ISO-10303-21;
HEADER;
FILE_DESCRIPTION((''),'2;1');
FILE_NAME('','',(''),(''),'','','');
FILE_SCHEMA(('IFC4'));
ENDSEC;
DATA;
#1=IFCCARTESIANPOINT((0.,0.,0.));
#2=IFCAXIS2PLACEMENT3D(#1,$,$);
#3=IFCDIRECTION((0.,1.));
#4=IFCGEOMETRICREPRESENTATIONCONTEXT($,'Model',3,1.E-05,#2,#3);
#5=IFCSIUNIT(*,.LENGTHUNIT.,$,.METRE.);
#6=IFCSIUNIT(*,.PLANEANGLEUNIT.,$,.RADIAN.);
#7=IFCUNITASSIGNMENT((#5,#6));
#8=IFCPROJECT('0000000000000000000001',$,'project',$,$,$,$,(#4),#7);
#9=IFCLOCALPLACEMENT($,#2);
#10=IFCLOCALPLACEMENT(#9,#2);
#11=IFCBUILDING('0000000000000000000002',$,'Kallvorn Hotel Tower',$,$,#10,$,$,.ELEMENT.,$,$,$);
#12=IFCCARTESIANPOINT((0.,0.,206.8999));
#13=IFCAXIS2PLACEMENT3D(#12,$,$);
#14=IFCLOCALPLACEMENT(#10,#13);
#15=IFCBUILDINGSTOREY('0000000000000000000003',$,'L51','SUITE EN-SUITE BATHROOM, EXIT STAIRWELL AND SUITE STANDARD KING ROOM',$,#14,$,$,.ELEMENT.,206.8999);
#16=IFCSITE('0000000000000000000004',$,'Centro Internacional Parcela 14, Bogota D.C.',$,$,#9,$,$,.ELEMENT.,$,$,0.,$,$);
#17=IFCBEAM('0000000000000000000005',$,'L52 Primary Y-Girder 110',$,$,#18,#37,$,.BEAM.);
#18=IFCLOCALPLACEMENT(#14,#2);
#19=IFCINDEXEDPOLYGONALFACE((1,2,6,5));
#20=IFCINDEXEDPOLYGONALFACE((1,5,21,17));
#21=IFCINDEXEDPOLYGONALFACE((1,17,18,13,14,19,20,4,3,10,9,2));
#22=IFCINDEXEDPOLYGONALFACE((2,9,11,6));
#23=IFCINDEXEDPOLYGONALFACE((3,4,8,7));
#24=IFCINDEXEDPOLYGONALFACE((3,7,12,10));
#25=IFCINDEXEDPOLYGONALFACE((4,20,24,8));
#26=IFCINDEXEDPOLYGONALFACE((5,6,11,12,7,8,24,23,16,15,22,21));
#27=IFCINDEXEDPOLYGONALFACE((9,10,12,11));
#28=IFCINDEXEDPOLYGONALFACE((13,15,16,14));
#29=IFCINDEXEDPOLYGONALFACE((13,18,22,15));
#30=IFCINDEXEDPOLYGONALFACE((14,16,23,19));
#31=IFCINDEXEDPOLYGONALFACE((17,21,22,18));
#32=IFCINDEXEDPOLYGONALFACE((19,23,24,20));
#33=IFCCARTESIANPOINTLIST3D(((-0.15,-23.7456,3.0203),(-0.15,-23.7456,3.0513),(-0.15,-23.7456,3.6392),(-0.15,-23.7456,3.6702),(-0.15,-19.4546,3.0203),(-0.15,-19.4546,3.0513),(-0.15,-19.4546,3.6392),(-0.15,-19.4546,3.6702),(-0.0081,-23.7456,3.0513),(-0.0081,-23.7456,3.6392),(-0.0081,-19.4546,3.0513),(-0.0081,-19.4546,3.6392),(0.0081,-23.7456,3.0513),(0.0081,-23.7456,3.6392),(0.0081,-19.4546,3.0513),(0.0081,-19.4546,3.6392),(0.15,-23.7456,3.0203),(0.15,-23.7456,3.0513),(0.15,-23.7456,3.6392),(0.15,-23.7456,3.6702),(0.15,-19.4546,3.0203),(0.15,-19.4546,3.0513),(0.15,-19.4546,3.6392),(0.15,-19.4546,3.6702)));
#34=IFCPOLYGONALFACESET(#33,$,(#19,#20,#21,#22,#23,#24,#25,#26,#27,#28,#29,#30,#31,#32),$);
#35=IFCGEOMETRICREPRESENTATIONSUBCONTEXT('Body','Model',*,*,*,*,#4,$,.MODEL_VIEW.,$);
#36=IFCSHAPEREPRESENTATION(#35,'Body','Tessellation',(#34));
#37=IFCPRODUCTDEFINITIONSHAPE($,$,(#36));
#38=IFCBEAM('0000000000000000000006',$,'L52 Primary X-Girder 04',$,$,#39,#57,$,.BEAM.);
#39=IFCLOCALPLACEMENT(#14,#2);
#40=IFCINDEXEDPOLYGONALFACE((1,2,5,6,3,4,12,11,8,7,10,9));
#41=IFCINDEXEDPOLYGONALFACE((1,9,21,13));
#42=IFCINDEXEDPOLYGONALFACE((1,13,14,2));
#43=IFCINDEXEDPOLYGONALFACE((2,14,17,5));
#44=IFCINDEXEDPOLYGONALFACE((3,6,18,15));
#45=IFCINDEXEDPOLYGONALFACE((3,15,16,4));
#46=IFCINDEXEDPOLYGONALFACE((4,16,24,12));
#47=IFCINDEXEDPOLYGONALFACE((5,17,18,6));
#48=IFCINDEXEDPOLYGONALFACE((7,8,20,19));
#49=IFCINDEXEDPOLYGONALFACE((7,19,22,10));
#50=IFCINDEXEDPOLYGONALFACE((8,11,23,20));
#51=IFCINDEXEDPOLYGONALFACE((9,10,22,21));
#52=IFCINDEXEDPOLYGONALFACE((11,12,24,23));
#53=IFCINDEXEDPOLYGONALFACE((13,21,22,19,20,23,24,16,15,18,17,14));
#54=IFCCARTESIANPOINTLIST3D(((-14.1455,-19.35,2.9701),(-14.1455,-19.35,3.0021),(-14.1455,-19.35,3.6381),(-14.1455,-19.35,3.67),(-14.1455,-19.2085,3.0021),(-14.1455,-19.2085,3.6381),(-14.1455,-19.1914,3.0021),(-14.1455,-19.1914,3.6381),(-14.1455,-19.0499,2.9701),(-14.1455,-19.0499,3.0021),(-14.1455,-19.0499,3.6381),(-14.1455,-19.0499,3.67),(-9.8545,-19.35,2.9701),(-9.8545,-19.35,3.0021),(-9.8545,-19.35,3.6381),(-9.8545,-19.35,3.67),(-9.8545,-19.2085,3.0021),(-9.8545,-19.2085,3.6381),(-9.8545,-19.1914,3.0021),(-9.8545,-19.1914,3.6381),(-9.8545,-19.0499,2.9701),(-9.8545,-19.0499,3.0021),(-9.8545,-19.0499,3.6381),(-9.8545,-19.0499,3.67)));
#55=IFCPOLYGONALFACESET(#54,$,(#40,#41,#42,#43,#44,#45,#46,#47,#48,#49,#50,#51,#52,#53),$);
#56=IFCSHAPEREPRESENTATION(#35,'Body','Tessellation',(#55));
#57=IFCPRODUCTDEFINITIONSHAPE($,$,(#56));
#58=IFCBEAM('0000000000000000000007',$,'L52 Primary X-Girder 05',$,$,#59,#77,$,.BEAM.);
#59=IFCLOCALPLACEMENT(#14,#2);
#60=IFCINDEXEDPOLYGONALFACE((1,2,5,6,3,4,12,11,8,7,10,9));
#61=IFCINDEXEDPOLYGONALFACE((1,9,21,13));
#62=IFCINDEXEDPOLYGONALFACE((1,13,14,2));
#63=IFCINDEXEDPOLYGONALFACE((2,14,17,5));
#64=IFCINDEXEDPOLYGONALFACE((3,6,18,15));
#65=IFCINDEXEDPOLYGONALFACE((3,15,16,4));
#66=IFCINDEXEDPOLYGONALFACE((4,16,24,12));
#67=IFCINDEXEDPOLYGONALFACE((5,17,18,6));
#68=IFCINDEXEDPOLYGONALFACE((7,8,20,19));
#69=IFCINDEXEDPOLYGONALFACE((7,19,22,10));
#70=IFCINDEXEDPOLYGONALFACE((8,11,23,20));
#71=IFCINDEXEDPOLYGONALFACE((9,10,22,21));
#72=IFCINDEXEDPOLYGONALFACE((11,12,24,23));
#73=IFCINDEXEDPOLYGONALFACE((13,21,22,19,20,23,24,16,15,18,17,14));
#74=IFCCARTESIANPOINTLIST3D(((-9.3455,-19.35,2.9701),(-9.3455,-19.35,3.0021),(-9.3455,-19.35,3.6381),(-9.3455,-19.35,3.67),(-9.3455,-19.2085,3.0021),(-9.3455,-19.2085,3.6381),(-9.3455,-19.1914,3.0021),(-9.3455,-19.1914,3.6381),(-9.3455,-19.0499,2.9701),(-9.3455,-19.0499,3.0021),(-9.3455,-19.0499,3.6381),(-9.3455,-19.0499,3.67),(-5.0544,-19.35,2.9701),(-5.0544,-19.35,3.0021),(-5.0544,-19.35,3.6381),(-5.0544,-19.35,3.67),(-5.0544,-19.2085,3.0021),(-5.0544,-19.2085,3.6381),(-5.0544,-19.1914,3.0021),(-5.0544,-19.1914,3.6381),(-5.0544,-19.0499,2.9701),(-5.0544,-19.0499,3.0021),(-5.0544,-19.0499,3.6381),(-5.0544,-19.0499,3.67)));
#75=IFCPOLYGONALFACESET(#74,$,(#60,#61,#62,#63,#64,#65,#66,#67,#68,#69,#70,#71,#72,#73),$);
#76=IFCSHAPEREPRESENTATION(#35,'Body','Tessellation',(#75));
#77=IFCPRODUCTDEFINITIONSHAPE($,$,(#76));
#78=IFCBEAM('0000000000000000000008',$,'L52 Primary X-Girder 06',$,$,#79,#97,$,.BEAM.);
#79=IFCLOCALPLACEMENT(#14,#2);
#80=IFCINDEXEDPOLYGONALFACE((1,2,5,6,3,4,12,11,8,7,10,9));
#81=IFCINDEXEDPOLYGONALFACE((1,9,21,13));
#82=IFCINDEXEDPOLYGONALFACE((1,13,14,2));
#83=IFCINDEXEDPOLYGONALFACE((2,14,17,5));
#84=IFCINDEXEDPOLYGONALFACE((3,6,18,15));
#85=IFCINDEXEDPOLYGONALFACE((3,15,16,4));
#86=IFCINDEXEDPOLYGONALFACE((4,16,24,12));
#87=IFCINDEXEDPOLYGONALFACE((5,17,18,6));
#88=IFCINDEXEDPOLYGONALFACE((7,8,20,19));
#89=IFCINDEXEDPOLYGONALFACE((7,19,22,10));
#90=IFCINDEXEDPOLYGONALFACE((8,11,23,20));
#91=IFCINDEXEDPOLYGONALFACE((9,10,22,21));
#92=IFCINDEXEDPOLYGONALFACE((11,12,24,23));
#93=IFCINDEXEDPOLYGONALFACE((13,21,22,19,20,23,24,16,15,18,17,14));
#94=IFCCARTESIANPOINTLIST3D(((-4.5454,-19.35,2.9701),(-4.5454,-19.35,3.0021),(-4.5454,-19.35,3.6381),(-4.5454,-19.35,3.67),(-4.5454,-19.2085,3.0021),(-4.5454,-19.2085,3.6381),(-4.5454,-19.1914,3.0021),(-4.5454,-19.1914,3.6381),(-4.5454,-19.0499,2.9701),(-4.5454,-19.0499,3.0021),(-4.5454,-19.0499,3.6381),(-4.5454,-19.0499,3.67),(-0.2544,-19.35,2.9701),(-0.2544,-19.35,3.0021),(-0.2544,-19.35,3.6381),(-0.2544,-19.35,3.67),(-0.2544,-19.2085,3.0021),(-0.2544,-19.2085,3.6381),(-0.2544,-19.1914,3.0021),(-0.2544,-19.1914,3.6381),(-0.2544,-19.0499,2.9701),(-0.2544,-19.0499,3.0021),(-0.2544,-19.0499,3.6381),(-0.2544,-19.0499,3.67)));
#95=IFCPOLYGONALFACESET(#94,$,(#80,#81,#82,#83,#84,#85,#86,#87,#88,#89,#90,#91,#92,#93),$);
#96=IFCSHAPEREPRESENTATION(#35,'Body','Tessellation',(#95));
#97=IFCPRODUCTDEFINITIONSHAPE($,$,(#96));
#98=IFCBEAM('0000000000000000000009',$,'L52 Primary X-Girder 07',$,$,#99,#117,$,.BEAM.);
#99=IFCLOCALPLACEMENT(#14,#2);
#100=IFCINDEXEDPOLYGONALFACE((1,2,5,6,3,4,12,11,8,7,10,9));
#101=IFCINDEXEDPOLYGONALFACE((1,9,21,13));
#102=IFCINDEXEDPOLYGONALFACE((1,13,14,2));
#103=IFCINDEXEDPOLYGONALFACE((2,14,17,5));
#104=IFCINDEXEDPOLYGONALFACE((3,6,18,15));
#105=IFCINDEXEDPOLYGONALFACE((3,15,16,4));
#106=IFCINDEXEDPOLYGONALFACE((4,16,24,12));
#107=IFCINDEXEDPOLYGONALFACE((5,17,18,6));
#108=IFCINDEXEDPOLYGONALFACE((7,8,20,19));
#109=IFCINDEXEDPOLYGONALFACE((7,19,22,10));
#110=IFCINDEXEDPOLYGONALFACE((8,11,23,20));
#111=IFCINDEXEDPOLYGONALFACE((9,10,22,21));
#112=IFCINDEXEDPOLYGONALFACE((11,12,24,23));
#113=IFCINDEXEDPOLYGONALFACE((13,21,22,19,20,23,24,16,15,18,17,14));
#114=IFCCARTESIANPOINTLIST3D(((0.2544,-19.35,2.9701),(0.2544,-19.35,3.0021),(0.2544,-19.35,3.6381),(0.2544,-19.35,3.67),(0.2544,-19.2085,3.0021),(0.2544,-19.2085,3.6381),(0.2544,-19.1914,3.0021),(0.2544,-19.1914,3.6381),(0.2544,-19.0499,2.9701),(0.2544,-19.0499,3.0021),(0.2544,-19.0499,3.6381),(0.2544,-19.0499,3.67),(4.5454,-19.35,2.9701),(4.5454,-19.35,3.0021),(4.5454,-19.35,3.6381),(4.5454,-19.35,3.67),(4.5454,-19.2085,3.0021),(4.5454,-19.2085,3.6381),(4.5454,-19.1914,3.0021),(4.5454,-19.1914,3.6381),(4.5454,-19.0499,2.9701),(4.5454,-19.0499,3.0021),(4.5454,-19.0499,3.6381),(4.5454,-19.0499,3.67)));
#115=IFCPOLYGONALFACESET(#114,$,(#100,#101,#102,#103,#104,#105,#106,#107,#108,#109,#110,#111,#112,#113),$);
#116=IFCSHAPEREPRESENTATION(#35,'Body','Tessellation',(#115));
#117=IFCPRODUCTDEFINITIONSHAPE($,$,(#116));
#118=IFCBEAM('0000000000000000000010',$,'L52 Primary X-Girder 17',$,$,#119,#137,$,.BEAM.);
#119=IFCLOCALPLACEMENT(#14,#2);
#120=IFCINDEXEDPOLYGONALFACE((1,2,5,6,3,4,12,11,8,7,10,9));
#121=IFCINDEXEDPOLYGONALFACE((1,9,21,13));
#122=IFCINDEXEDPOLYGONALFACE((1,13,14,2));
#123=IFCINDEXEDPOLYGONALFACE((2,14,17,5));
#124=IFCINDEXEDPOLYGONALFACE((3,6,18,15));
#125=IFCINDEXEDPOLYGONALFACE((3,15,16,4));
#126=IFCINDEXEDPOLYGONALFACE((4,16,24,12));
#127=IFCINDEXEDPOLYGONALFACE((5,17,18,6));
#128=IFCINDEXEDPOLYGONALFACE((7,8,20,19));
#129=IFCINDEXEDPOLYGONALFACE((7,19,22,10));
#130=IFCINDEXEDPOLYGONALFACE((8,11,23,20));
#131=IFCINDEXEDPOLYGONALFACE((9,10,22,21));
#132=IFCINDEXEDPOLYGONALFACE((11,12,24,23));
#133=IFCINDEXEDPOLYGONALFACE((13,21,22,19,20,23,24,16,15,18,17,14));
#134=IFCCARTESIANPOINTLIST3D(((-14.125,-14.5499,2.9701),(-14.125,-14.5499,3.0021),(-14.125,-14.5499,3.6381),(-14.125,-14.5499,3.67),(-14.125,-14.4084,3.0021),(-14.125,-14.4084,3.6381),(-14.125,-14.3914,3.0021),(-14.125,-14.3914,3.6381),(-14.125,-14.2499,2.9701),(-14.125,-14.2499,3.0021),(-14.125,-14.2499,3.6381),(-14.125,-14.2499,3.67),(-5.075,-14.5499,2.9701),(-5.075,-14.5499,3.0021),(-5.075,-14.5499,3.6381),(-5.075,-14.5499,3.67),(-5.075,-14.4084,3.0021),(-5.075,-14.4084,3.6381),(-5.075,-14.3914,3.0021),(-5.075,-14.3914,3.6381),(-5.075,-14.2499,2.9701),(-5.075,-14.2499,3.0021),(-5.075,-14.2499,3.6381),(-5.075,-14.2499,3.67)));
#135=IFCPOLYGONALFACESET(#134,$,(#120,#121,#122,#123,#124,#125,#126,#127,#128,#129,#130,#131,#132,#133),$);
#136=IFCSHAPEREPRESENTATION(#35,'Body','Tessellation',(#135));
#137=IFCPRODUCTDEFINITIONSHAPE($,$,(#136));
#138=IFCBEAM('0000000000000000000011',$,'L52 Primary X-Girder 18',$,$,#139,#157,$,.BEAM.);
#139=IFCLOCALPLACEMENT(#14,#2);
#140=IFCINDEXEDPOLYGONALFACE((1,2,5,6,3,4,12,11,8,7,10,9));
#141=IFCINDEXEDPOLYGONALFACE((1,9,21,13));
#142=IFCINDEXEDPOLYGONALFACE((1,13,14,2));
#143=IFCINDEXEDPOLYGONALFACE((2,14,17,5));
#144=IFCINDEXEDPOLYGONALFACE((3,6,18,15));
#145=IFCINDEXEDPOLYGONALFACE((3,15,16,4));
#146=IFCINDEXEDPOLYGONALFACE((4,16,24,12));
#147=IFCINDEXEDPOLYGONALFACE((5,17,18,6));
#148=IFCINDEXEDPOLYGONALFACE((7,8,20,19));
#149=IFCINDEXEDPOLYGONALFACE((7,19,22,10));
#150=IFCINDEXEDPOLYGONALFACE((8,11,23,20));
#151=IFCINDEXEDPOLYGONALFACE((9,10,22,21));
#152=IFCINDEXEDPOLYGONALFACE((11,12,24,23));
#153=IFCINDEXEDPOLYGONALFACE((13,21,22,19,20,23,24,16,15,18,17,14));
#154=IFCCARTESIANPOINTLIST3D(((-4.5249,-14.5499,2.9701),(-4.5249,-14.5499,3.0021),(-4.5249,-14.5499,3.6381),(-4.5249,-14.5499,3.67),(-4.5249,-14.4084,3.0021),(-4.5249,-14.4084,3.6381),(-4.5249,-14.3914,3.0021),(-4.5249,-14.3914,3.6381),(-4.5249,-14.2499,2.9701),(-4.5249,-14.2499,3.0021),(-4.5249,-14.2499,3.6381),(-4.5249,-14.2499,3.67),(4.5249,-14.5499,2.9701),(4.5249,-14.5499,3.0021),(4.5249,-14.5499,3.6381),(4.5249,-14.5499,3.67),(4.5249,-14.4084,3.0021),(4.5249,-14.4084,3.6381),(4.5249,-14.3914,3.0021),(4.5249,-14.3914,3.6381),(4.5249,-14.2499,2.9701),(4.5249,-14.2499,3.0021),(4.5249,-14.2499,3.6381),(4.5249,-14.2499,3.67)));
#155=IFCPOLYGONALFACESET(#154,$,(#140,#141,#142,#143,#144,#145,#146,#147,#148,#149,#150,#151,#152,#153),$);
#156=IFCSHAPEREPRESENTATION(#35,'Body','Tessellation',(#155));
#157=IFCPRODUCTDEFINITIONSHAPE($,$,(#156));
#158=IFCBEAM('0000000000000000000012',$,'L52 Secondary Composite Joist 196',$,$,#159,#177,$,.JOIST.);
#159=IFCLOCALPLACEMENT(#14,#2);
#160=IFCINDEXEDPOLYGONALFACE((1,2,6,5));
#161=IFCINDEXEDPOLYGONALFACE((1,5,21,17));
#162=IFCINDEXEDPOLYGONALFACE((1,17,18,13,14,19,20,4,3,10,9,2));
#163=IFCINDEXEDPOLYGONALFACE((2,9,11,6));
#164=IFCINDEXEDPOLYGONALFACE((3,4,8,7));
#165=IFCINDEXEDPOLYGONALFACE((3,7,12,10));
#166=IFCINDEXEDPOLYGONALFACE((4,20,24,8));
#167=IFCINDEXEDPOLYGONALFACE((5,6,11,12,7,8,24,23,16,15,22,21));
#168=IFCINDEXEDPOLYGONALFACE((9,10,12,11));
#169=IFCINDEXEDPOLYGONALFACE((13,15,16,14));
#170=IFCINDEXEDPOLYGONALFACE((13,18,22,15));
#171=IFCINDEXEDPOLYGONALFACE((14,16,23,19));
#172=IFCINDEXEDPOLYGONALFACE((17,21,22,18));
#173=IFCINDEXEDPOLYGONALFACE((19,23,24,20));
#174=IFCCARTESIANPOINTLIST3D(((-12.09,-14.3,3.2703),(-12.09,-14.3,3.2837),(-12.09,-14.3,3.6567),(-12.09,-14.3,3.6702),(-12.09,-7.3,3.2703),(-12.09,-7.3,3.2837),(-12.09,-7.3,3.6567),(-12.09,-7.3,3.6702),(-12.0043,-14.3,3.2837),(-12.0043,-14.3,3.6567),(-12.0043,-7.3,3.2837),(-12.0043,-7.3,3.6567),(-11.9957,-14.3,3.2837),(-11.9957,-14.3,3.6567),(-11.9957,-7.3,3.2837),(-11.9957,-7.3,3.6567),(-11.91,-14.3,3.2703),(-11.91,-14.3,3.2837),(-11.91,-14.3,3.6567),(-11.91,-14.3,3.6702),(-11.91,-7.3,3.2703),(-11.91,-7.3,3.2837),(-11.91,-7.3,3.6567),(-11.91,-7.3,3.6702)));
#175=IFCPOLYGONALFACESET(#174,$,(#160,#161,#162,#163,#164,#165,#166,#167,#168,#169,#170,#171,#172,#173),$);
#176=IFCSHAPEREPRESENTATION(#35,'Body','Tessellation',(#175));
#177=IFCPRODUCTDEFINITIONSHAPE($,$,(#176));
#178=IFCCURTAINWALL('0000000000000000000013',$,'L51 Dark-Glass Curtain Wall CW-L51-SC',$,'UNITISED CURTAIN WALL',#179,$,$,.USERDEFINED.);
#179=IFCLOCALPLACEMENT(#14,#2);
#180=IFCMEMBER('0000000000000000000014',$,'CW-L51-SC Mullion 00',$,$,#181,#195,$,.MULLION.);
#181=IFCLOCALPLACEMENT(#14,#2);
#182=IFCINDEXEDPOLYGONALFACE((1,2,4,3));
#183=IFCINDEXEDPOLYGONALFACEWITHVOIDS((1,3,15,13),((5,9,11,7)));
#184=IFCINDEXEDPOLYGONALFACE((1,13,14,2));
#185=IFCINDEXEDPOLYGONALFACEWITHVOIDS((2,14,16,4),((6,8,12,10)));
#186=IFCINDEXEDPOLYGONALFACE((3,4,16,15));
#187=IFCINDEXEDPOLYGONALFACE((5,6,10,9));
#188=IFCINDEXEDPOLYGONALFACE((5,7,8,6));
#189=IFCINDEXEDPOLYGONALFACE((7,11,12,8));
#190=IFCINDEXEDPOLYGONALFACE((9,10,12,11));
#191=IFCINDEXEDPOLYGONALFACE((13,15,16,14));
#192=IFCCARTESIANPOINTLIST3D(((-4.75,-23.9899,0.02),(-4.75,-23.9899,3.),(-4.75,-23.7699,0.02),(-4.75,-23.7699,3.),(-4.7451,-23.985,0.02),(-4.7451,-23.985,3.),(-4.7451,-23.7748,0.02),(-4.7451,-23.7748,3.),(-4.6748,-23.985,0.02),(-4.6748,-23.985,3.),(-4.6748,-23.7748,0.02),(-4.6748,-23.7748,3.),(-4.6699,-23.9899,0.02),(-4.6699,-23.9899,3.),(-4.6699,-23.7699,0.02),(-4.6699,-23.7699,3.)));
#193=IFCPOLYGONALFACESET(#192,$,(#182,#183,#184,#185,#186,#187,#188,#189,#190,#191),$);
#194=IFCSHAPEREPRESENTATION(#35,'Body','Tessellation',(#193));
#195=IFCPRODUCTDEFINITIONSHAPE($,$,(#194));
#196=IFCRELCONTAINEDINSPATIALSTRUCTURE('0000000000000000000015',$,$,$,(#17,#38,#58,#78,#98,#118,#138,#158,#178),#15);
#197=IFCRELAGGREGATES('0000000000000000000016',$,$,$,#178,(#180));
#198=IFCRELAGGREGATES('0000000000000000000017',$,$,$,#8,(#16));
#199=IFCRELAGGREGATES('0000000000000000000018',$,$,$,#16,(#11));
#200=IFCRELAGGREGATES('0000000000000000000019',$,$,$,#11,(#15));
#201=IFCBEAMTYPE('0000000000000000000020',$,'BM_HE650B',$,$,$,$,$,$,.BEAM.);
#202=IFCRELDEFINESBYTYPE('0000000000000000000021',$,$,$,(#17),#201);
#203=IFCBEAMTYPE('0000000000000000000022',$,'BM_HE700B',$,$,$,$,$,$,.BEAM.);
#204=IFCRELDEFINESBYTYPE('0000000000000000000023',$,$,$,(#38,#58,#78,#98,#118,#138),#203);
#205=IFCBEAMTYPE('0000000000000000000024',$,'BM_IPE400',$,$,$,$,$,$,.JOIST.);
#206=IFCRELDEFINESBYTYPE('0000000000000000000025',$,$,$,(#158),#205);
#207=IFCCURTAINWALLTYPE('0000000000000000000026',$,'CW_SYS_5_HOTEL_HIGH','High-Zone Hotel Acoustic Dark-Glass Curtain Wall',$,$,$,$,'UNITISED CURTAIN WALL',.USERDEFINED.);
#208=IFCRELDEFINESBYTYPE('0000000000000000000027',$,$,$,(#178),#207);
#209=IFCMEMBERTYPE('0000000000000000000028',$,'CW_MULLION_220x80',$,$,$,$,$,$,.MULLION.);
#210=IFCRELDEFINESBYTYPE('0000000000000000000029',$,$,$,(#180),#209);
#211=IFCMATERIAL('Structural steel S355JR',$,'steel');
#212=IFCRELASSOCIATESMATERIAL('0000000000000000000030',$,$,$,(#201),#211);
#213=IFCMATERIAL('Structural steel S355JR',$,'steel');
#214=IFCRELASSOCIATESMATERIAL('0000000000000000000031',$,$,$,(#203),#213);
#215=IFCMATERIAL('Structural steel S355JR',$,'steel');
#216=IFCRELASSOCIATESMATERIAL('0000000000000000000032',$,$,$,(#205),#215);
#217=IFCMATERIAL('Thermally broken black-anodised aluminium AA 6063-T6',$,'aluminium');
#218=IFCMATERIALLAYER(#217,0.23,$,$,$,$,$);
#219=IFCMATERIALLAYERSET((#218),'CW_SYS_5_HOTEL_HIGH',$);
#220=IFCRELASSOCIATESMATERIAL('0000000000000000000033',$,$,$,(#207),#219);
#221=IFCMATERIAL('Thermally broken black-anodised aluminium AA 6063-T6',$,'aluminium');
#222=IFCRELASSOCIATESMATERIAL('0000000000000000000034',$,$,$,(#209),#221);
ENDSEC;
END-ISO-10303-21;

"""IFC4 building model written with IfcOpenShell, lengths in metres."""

from ifc_helpers import new_model, si_unit, direction, frame, origin, origin_2d, place, context, subcontext, project, spatial, hollow_rectangle, i_section, extrude, material, layer, layer_set, material_profile, profile_set, type_object, element, aggregate, save


model = new_model("IFC4")

# Units and contexts
model_context = context("Model", 3, precision=1e-05, world=origin(), true_north=direction((0.0, 1.0)))
body_context = subcontext(model_context, "Body", "Model", "MODEL_VIEW")
ifc_project = project(units=[si_unit("LENGTHUNIT", "METRE"), si_unit("PLANEANGLEUNIT", "RADIAN")], contexts=[model_context])

# Site, building, storey
site_placement = place(None, origin())
site = spatial("IfcSite", under=ifc_project, at=site_placement, Name="Centro Internacional Parcela 14, Bogota D.C.", CompositionType="ELEMENT", RefElevation=0.0)
building_placement = place(site_placement, origin())
building = spatial("IfcBuilding", under=site, at=building_placement, Name="Kallvorn Hotel Tower", CompositionType="ELEMENT")
storey_placement = place(building_placement, frame((0.0, 0.0, 206.8999)))
storey = spatial("IfcBuildingStorey", under=building, at=storey_placement, Name="L51", Description="SUITE EN-SUITE BATHROOM, EXIT STAIRWELL AND SUITE STANDARD KING ROOM", CompositionType="ELEMENT", Elevation=206.8999)

# Beams
ifc_material_1 = material(Name="Structural steel S355JR", Category="steel")
ifc_material_profile_1 = material_profile(ifc_material_1, i_section(OverallWidth=0.3, OverallDepth=0.6499, WebThickness=0.0161, FlangeThickness=0.031, at=origin_2d()), Name="HE 650 B")
ifc_profile_set_1 = profile_set([ifc_material_profile_1], Name="Structural steel S355JR")
beam_type_1 = type_object("IfcBeamType", Name="BM_HE650B", PredefinedType="BEAM", material=ifc_profile_set_1)
beam_1_placement = place(storey_placement, frame((0.0, -23.7456, 3.3452), z_axis=(0.0, 1.0, 0.0), x_axis=(-1.0, 0.0, 0.0)))
element("IfcBeam", 1, at=beam_1_placement, inside=storey, type_object=beam_type_1, Name="L52 Primary Y-Girder 110", PredefinedType="BEAM", context=body_context, shape_type="SweptSolid", body=[
    extrude(i_section(OverallWidth=0.3, OverallDepth=0.6499, WebThickness=0.0161, FlangeThickness=0.031, at=origin_2d()), origin(), (0.0, 0.0, 1.0), 4.291),
])
ifc_material_2 = material(Name="Structural steel S355JR", Category="steel")
ifc_material_profile_2 = material_profile(ifc_material_2, i_section(OverallWidth=0.3, OverallDepth=0.7, WebThickness=0.0171, FlangeThickness=0.032, at=origin_2d()), Name="HE 700 B")
ifc_profile_set_2 = profile_set([ifc_material_profile_2], Name="Structural steel S355JR")
beam_type_2 = type_object("IfcBeamType", Name="BM_HE700B", PredefinedType="BEAM", material=ifc_profile_set_2)
for number, where, z_axis, x_axis, name in (
    (2, (-14.1455, -19.2, 3.3201), (1.0, 0.0, 0.0), (0.0, 1.0, 0.0), "L52 Primary X-Girder 04"),
    (3, (-9.3455, -19.2, 3.3201), (1.0, 0.0, 0.0), (0.0, 1.0, 0.0), "L52 Primary X-Girder 05"),
    (4, (-4.5454, -19.2, 3.3201), (1.0, 0.0, 0.0), (0.0, 1.0, 0.0), "L52 Primary X-Girder 06"),
    (5, (0.2544, -19.2, 3.3201), (1.0, 0.0, 0.0), (0.0, 1.0, 0.0), "L52 Primary X-Girder 07"),
):
    element("IfcBeam", number, at=place(storey_placement, frame(where, z_axis=z_axis, x_axis=x_axis)), inside=storey, type_object=beam_type_2, Name=name, PredefinedType="BEAM", context=body_context, shape_type="SweptSolid", body=[
        extrude(i_section(OverallWidth=0.3, OverallDepth=0.7, WebThickness=0.0171, FlangeThickness=0.032, at=origin_2d()), origin(), (0.0, 0.0, 1.0), 4.291),
    ])
beam_2_placement = place(storey_placement, frame((-14.125, -14.3999, 3.3201), z_axis=(1.0, 0.0, 0.0), x_axis=(0.0, 1.0, 0.0)))
element("IfcBeam", 6, at=beam_2_placement, inside=storey, type_object=beam_type_2, Name="L52 Primary X-Girder 17", PredefinedType="BEAM", context=body_context, shape_type="SweptSolid", body=[
    extrude(i_section(OverallWidth=0.3, OverallDepth=0.7, WebThickness=0.0171, FlangeThickness=0.032, at=origin_2d()), origin(), (0.0, 0.0, 1.0), 9.05),
])
beam_3_placement = place(storey_placement, frame((-4.5249, -14.3999, 3.3201), z_axis=(1.0, 0.0, 0.0), x_axis=(0.0, 1.0, 0.0)))
element("IfcBeam", 7, at=beam_3_placement, inside=storey, type_object=beam_type_2, Name="L52 Primary X-Girder 18", PredefinedType="BEAM", context=body_context, shape_type="SweptSolid", body=[
    extrude(i_section(OverallWidth=0.3, OverallDepth=0.7, WebThickness=0.0171, FlangeThickness=0.032, at=origin_2d()), origin(), (0.0, 0.0, 1.0), 9.0498),
])
ifc_material_3 = material(Name="Structural steel S355JR", Category="steel")
ifc_material_profile_3 = material_profile(ifc_material_3, i_section(OverallWidth=0.1799, OverallDepth=0.3999, WebThickness=0.0085, FlangeThickness=0.0134, at=origin_2d()), Name="IPE 400")
ifc_profile_set_3 = profile_set([ifc_material_profile_3], Name="Structural steel S355JR")
beam_type_3 = type_object("IfcBeamType", Name="BM_IPE400", PredefinedType="JOIST", material=ifc_profile_set_3)
beam_4_placement = place(storey_placement, frame((-12.0, -14.3, 3.4702), z_axis=(0.0, 1.0, 0.0), x_axis=(-1.0, 0.0, 0.0)))
element("IfcBeam", 8, at=beam_4_placement, inside=storey, type_object=beam_type_3, Name="L52 Secondary Composite Joist 196", PredefinedType="JOIST", context=body_context, shape_type="SweptSolid", body=[
    extrude(i_section(OverallWidth=0.1799, OverallDepth=0.3999, WebThickness=0.0085, FlangeThickness=0.0134, at=origin_2d()), origin(), (0.0, 0.0, 1.0), 7.0),
])

# Curtain wall, member
ifc_material_4 = material(Name="Thermally broken black-anodised aluminium AA 6063-T6", Category="aluminium")
ifc_layer_1 = layer(ifc_material_4, 0.23)
ifc_layer_set_1 = layer_set([ifc_layer_1], Name="CW_SYS_5_HOTEL_HIGH")
curtain_wall_type = type_object("IfcCurtainWallType", Name="CW_SYS_5_HOTEL_HIGH", Description="High-Zone Hotel Acoustic Dark-Glass Curtain Wall", ElementType="UNITISED CURTAIN WALL", PredefinedType="USERDEFINED", material=ifc_layer_set_1)
curtain_wall_placement = place(storey_placement, origin())
curtain_wall = element("IfcCurtainWall", 9, at=curtain_wall_placement, inside=storey, type_object=curtain_wall_type, Name="L51 Dark-Glass Curtain Wall CW-L51-SC", ObjectType="UNITISED CURTAIN WALL", PredefinedType="USERDEFINED")
ifc_material_5 = material(Name="Thermally broken black-anodised aluminium AA 6063-T6", Category="aluminium")
ifc_material_profile_4 = material_profile(ifc_material_5, hollow_rectangle(XDim=0.0801, YDim=0.22, WallThickness=0.0049, at=origin_2d()), Name="MUL 220x80")
ifc_profile_set_4 = profile_set([ifc_material_profile_4], Name="Thermally broken black-anodised aluminium AA 6063-T6")
member_type_1 = type_object("IfcMemberType", Name="CW_MULLION_220x80", PredefinedType="MULLION", material=ifc_profile_set_4)
member_1_placement = place(storey_placement, frame((-4.71, -23.8799, 0.02), z_axis=(0.0, 0.0, 1.0), x_axis=(1.0, 0.0, 0.0)))
member_1 = element("IfcMember", 10, at=member_1_placement, type_object=member_type_1, Name="CW-L51-SC Mullion 00", PredefinedType="MULLION", context=body_context, shape_type="SweptSolid", body=[
    extrude(hollow_rectangle(XDim=0.0801, YDim=0.22, WallThickness=0.0049, at=origin_2d()), origin(), (0.0, 0.0, 1.0), 2.98),
])
aggregate(curtain_wall, [member_1])

save(model, "model.ifc")
